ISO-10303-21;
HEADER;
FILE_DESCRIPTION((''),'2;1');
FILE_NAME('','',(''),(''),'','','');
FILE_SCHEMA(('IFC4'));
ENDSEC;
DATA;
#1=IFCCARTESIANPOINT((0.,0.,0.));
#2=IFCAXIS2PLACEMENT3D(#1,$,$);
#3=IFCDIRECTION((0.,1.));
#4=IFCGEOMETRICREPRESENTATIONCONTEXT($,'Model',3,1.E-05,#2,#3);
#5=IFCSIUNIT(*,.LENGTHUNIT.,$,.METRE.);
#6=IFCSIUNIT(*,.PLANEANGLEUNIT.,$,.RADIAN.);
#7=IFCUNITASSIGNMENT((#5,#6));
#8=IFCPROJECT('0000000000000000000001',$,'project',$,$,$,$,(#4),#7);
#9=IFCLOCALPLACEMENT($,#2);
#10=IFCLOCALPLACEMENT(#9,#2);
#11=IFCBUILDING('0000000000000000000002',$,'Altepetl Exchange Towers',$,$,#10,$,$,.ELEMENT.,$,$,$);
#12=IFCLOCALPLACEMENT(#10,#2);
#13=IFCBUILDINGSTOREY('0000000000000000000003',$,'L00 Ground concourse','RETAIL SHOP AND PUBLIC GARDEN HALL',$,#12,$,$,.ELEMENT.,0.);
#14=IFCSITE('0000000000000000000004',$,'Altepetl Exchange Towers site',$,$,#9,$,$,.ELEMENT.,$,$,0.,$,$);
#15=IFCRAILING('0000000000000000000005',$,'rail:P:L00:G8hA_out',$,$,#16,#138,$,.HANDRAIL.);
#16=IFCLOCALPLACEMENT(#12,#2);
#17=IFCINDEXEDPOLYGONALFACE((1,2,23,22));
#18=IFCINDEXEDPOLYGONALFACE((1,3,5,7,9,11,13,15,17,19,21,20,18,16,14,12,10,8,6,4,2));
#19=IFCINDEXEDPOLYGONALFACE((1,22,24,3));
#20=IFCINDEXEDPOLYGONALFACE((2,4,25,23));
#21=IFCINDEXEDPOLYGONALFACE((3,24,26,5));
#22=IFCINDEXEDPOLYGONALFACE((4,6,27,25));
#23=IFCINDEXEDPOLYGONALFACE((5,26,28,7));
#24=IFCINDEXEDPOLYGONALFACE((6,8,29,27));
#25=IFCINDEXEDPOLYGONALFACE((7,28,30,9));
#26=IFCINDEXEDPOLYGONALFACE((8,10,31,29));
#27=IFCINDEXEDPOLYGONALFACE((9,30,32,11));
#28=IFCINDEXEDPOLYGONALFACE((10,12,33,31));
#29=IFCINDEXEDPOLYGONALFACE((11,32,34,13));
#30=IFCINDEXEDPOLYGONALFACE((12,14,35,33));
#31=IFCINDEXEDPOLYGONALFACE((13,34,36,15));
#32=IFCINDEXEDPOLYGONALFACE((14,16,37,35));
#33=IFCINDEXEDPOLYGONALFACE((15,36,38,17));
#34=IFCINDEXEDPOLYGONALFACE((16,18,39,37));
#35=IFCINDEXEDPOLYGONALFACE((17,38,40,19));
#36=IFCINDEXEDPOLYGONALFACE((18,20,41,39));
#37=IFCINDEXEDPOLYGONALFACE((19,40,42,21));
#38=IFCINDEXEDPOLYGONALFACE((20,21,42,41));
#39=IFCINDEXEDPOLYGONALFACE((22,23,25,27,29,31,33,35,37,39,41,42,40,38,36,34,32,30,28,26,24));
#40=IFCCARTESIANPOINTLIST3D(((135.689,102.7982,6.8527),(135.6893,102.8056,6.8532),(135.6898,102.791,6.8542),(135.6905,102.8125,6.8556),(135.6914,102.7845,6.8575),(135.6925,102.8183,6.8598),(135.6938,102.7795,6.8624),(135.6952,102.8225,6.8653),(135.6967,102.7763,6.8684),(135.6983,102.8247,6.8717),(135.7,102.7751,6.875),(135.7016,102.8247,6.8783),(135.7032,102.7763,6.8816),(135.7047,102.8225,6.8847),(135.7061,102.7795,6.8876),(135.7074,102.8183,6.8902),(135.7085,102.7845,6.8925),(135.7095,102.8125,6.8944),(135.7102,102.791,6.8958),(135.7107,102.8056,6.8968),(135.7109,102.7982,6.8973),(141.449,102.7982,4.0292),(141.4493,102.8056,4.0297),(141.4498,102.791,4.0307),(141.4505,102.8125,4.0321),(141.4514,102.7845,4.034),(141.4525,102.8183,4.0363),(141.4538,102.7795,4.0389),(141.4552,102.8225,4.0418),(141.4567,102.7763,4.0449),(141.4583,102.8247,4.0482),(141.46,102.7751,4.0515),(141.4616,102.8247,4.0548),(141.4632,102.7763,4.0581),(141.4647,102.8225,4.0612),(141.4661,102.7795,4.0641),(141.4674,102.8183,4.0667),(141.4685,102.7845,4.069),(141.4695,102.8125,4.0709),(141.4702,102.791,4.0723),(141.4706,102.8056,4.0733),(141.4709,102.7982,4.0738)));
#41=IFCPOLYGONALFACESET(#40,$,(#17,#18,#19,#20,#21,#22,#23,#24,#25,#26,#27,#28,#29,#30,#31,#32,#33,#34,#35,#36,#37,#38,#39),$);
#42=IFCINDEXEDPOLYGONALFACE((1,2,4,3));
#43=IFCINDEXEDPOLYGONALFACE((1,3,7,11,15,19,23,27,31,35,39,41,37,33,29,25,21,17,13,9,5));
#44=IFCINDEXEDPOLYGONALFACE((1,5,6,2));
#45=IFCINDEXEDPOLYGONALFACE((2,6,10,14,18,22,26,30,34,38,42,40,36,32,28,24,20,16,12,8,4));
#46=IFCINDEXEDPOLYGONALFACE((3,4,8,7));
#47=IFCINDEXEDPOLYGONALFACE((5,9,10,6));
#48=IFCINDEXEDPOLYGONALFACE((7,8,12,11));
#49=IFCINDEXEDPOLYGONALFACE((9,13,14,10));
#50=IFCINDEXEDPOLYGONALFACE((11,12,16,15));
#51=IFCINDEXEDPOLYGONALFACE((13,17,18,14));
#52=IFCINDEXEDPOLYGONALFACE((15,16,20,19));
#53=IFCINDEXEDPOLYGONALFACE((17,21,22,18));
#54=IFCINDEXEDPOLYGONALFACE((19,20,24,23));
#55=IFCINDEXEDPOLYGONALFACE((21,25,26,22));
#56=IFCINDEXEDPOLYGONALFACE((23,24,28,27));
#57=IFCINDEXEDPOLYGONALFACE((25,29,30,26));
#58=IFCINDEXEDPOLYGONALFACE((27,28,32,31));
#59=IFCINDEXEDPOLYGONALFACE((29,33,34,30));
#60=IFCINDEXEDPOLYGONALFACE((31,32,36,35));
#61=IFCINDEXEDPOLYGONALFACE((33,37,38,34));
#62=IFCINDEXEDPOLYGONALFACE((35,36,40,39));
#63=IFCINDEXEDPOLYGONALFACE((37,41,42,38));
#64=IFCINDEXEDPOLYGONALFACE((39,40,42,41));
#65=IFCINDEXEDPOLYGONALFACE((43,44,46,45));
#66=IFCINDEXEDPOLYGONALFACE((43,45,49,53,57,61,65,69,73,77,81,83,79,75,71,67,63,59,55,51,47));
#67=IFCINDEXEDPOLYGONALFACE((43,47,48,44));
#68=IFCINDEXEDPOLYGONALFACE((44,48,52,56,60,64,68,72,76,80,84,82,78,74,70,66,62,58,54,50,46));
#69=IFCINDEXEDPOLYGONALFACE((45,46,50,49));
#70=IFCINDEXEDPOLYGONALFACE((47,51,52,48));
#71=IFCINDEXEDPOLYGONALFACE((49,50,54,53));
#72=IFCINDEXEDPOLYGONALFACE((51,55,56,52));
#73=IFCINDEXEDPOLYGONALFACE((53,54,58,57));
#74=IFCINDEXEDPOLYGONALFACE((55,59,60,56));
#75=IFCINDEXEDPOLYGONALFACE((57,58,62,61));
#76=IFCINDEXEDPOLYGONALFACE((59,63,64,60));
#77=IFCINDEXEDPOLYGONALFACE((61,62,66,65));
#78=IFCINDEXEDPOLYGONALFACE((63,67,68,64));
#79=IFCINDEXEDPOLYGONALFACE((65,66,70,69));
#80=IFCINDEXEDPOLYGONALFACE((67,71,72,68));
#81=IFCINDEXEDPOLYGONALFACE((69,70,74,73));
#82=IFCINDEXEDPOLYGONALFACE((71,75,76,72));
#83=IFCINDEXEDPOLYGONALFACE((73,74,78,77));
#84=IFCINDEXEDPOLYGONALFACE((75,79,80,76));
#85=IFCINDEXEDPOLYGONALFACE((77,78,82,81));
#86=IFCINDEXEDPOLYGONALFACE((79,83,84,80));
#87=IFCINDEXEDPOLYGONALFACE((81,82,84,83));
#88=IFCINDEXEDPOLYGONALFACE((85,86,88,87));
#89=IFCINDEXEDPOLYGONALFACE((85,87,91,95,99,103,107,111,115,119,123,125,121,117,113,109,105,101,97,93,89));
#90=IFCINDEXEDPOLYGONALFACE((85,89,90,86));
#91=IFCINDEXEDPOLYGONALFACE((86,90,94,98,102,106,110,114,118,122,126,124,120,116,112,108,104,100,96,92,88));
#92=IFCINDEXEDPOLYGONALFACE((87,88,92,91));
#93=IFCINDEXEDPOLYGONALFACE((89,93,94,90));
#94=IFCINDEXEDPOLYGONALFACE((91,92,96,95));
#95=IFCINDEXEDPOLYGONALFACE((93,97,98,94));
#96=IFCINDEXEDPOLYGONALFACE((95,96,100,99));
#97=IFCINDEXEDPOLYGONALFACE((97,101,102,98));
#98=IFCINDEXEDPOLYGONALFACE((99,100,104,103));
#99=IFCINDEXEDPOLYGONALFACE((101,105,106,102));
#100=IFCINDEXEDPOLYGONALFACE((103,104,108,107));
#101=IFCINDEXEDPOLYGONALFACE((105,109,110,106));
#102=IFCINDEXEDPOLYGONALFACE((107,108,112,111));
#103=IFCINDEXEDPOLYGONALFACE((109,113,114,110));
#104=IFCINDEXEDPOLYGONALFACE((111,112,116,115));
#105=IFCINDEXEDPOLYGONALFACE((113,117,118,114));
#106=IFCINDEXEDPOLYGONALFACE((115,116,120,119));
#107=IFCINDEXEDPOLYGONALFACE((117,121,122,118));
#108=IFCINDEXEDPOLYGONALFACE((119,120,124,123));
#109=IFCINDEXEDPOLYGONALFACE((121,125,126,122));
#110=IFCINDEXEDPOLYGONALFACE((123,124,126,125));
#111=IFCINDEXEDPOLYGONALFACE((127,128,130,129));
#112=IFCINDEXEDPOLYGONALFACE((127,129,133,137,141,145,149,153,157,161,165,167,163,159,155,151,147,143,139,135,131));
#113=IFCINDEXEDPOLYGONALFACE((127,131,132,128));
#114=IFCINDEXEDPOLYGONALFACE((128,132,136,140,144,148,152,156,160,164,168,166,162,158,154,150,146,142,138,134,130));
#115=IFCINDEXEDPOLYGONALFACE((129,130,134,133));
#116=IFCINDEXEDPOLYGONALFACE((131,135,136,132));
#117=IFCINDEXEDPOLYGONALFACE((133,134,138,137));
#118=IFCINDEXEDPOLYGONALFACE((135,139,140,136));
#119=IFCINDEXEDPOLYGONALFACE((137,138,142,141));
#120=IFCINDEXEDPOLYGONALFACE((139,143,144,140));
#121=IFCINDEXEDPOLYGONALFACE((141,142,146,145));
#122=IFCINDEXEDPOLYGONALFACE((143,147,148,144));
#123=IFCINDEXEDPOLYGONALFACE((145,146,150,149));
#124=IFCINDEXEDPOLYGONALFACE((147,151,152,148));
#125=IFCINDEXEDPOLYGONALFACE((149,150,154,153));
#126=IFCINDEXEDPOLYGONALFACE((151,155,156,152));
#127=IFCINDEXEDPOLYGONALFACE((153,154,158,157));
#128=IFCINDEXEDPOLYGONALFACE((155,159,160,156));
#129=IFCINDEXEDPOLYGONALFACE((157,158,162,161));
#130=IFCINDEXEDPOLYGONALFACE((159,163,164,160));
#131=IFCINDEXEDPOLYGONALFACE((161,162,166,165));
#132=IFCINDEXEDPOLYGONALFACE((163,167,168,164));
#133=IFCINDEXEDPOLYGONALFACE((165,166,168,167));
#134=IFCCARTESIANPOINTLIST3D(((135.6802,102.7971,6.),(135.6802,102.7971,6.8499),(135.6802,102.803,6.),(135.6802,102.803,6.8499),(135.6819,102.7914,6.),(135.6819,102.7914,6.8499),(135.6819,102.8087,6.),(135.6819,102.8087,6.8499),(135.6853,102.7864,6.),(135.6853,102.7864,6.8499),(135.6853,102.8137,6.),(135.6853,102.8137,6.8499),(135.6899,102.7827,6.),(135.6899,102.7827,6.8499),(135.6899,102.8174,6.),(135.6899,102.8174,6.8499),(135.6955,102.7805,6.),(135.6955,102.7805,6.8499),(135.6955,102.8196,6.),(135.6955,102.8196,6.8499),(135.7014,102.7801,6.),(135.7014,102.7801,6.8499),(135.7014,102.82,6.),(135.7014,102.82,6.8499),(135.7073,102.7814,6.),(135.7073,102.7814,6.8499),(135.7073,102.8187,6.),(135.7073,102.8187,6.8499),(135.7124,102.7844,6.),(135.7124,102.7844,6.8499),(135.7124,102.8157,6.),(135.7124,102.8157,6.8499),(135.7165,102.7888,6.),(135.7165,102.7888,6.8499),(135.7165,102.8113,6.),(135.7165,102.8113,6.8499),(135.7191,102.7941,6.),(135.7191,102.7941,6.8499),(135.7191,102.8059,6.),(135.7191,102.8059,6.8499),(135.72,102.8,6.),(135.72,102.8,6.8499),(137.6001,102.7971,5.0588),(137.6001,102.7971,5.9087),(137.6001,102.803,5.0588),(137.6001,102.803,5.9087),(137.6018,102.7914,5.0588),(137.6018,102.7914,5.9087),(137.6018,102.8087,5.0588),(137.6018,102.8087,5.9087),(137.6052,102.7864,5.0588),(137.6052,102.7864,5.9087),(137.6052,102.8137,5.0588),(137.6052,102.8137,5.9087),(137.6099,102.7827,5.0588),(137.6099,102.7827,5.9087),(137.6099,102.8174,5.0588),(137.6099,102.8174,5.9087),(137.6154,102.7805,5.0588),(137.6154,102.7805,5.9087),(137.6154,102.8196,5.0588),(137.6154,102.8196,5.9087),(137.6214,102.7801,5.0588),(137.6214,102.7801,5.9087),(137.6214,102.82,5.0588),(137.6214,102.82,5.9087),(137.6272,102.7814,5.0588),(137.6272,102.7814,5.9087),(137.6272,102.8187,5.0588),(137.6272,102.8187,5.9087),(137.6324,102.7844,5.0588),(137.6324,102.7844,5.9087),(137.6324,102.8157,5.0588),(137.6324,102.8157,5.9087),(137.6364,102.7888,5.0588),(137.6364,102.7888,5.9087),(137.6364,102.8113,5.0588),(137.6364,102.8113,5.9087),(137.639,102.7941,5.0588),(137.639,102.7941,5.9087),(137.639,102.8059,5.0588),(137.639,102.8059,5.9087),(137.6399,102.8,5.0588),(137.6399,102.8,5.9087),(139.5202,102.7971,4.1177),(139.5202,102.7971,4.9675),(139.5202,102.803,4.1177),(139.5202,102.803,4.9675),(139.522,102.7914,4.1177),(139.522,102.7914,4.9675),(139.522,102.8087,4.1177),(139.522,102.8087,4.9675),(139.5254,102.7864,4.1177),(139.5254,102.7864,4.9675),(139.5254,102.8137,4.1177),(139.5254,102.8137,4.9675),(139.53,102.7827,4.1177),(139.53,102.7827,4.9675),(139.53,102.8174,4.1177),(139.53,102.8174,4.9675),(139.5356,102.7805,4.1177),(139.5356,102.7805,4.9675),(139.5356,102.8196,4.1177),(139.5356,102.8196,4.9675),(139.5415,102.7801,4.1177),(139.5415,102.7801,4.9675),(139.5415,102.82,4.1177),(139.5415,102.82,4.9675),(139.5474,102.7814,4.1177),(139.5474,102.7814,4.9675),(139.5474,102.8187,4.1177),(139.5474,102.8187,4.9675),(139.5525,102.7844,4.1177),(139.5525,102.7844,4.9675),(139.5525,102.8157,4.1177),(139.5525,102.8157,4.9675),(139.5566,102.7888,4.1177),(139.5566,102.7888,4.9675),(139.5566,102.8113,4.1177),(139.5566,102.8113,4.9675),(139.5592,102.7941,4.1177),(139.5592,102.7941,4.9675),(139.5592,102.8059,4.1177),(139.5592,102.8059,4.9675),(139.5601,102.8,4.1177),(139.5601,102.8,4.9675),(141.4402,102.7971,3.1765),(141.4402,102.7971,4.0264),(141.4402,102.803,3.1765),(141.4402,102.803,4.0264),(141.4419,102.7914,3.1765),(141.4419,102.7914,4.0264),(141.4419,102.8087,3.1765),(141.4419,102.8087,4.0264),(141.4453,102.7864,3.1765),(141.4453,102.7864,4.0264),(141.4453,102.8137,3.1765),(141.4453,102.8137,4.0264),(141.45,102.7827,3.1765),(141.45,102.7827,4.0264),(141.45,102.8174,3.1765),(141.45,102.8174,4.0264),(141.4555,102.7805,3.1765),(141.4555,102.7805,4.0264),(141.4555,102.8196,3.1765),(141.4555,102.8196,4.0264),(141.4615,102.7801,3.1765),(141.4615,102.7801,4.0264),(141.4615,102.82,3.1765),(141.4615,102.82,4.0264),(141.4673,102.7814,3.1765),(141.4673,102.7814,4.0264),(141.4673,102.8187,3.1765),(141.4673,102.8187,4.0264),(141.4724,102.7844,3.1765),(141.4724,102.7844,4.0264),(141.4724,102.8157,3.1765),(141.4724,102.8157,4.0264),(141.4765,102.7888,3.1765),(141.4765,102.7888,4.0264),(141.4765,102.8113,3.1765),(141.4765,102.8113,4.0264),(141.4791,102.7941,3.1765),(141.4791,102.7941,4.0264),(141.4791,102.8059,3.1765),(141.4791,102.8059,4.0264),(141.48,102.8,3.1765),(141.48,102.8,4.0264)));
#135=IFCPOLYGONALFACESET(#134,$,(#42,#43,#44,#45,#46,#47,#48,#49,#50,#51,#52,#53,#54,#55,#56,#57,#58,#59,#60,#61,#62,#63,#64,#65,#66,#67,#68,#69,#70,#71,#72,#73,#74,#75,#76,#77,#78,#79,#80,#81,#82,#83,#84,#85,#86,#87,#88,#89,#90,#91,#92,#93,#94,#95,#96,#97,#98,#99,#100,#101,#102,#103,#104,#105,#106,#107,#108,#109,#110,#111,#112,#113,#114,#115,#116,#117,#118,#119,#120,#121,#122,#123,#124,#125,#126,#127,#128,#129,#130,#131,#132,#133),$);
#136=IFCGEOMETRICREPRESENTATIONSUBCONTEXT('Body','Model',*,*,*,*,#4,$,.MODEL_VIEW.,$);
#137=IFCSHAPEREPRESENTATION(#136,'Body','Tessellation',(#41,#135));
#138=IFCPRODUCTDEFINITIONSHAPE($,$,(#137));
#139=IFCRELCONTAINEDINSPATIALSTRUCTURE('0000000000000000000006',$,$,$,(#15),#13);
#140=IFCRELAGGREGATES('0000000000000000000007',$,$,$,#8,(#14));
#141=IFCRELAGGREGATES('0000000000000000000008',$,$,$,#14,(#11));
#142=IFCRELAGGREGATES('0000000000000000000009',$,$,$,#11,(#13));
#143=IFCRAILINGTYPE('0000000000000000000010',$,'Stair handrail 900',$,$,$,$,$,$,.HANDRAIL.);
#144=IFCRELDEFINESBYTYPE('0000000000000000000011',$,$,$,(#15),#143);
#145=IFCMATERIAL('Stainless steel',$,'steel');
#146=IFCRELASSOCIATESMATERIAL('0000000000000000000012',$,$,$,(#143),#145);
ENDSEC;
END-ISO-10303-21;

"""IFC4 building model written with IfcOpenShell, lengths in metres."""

from ifc_helpers import new_model, si_unit, direction, frame, origin, origin_2d, place, context, subcontext, project, spatial, circle, extrude, source, transform, mapped, material, type_object, element, save


model = new_model("IFC4")

# Units and contexts
model_context = context("Model", 3, precision=1e-05, world=origin(), true_north=direction((0.0, 1.0)))
body_context = subcontext(model_context, "Body", "Model", "MODEL_VIEW")
ifc_project = project(units=[si_unit("LENGTHUNIT", "METRE"), si_unit("PLANEANGLEUNIT", "RADIAN")], contexts=[model_context])

# Site, building, storey
site_placement = place(None, origin())
site = spatial("IfcSite", under=ifc_project, at=site_placement, Name="Altepetl Exchange Towers site", CompositionType="ELEMENT", RefElevation=0.0)
building_placement = place(site_placement, origin())
building = spatial("IfcBuilding", under=site, at=building_placement, Name="Altepetl Exchange Towers", CompositionType="ELEMENT")
storey_placement = place(building_placement, origin())
storey = spatial("IfcBuildingStorey", under=building, at=storey_placement, Name="L00 Ground concourse", Description="RETAIL SHOP AND PUBLIC GARDEN HALL", CompositionType="ELEMENT", Elevation=0.0)

# Railing
ifc_material_1 = material(Name="Stainless steel", Category="steel")
railing_type_1 = type_object("IfcRailingType", Name="Stair handrail 900", PredefinedType="HANDRAIL", material=ifc_material_1)
shared_shape_1 = source(origin(), body_context, "Body", "SweptSolid", [
    extrude(circle(Radius=0.02, at=origin_2d()), origin(), (0.0, 0.0, 1.0), 0.8499),
])
for number, where, name in (
    (1, (141.46, 102.8, 3.1765), "rail:P:L00:G8hA_out"),
):
    element("IfcRailing", number, at=place(storey_placement, frame(where)), inside=storey, type_object=railing_type_1, Name=name, PredefinedType="HANDRAIL", context=body_context, shape_type="SweptSolid", body=[
        extrude(circle(Radius=0.0249, at=origin_2d()), frame((0.0, 0.0, 0.875), z_axis=(-0.897924, 0.0, 0.440151), x_axis=(0.0, -1.0, 0.0)), (0.0, 0.0, 1.0), 6.4148),
        mapped(shared_shape_1, transform((0.0, 0.0, 0.0))),
        mapped(shared_shape_1, transform((-1.9199, 0.0, 0.9412))),
        mapped(shared_shape_1, transform((-3.8401, 0.0, 1.8823))),
        mapped(shared_shape_1, transform((-5.76, 0.0, 2.8235))),
    ])

save(model, "model.ifc")
